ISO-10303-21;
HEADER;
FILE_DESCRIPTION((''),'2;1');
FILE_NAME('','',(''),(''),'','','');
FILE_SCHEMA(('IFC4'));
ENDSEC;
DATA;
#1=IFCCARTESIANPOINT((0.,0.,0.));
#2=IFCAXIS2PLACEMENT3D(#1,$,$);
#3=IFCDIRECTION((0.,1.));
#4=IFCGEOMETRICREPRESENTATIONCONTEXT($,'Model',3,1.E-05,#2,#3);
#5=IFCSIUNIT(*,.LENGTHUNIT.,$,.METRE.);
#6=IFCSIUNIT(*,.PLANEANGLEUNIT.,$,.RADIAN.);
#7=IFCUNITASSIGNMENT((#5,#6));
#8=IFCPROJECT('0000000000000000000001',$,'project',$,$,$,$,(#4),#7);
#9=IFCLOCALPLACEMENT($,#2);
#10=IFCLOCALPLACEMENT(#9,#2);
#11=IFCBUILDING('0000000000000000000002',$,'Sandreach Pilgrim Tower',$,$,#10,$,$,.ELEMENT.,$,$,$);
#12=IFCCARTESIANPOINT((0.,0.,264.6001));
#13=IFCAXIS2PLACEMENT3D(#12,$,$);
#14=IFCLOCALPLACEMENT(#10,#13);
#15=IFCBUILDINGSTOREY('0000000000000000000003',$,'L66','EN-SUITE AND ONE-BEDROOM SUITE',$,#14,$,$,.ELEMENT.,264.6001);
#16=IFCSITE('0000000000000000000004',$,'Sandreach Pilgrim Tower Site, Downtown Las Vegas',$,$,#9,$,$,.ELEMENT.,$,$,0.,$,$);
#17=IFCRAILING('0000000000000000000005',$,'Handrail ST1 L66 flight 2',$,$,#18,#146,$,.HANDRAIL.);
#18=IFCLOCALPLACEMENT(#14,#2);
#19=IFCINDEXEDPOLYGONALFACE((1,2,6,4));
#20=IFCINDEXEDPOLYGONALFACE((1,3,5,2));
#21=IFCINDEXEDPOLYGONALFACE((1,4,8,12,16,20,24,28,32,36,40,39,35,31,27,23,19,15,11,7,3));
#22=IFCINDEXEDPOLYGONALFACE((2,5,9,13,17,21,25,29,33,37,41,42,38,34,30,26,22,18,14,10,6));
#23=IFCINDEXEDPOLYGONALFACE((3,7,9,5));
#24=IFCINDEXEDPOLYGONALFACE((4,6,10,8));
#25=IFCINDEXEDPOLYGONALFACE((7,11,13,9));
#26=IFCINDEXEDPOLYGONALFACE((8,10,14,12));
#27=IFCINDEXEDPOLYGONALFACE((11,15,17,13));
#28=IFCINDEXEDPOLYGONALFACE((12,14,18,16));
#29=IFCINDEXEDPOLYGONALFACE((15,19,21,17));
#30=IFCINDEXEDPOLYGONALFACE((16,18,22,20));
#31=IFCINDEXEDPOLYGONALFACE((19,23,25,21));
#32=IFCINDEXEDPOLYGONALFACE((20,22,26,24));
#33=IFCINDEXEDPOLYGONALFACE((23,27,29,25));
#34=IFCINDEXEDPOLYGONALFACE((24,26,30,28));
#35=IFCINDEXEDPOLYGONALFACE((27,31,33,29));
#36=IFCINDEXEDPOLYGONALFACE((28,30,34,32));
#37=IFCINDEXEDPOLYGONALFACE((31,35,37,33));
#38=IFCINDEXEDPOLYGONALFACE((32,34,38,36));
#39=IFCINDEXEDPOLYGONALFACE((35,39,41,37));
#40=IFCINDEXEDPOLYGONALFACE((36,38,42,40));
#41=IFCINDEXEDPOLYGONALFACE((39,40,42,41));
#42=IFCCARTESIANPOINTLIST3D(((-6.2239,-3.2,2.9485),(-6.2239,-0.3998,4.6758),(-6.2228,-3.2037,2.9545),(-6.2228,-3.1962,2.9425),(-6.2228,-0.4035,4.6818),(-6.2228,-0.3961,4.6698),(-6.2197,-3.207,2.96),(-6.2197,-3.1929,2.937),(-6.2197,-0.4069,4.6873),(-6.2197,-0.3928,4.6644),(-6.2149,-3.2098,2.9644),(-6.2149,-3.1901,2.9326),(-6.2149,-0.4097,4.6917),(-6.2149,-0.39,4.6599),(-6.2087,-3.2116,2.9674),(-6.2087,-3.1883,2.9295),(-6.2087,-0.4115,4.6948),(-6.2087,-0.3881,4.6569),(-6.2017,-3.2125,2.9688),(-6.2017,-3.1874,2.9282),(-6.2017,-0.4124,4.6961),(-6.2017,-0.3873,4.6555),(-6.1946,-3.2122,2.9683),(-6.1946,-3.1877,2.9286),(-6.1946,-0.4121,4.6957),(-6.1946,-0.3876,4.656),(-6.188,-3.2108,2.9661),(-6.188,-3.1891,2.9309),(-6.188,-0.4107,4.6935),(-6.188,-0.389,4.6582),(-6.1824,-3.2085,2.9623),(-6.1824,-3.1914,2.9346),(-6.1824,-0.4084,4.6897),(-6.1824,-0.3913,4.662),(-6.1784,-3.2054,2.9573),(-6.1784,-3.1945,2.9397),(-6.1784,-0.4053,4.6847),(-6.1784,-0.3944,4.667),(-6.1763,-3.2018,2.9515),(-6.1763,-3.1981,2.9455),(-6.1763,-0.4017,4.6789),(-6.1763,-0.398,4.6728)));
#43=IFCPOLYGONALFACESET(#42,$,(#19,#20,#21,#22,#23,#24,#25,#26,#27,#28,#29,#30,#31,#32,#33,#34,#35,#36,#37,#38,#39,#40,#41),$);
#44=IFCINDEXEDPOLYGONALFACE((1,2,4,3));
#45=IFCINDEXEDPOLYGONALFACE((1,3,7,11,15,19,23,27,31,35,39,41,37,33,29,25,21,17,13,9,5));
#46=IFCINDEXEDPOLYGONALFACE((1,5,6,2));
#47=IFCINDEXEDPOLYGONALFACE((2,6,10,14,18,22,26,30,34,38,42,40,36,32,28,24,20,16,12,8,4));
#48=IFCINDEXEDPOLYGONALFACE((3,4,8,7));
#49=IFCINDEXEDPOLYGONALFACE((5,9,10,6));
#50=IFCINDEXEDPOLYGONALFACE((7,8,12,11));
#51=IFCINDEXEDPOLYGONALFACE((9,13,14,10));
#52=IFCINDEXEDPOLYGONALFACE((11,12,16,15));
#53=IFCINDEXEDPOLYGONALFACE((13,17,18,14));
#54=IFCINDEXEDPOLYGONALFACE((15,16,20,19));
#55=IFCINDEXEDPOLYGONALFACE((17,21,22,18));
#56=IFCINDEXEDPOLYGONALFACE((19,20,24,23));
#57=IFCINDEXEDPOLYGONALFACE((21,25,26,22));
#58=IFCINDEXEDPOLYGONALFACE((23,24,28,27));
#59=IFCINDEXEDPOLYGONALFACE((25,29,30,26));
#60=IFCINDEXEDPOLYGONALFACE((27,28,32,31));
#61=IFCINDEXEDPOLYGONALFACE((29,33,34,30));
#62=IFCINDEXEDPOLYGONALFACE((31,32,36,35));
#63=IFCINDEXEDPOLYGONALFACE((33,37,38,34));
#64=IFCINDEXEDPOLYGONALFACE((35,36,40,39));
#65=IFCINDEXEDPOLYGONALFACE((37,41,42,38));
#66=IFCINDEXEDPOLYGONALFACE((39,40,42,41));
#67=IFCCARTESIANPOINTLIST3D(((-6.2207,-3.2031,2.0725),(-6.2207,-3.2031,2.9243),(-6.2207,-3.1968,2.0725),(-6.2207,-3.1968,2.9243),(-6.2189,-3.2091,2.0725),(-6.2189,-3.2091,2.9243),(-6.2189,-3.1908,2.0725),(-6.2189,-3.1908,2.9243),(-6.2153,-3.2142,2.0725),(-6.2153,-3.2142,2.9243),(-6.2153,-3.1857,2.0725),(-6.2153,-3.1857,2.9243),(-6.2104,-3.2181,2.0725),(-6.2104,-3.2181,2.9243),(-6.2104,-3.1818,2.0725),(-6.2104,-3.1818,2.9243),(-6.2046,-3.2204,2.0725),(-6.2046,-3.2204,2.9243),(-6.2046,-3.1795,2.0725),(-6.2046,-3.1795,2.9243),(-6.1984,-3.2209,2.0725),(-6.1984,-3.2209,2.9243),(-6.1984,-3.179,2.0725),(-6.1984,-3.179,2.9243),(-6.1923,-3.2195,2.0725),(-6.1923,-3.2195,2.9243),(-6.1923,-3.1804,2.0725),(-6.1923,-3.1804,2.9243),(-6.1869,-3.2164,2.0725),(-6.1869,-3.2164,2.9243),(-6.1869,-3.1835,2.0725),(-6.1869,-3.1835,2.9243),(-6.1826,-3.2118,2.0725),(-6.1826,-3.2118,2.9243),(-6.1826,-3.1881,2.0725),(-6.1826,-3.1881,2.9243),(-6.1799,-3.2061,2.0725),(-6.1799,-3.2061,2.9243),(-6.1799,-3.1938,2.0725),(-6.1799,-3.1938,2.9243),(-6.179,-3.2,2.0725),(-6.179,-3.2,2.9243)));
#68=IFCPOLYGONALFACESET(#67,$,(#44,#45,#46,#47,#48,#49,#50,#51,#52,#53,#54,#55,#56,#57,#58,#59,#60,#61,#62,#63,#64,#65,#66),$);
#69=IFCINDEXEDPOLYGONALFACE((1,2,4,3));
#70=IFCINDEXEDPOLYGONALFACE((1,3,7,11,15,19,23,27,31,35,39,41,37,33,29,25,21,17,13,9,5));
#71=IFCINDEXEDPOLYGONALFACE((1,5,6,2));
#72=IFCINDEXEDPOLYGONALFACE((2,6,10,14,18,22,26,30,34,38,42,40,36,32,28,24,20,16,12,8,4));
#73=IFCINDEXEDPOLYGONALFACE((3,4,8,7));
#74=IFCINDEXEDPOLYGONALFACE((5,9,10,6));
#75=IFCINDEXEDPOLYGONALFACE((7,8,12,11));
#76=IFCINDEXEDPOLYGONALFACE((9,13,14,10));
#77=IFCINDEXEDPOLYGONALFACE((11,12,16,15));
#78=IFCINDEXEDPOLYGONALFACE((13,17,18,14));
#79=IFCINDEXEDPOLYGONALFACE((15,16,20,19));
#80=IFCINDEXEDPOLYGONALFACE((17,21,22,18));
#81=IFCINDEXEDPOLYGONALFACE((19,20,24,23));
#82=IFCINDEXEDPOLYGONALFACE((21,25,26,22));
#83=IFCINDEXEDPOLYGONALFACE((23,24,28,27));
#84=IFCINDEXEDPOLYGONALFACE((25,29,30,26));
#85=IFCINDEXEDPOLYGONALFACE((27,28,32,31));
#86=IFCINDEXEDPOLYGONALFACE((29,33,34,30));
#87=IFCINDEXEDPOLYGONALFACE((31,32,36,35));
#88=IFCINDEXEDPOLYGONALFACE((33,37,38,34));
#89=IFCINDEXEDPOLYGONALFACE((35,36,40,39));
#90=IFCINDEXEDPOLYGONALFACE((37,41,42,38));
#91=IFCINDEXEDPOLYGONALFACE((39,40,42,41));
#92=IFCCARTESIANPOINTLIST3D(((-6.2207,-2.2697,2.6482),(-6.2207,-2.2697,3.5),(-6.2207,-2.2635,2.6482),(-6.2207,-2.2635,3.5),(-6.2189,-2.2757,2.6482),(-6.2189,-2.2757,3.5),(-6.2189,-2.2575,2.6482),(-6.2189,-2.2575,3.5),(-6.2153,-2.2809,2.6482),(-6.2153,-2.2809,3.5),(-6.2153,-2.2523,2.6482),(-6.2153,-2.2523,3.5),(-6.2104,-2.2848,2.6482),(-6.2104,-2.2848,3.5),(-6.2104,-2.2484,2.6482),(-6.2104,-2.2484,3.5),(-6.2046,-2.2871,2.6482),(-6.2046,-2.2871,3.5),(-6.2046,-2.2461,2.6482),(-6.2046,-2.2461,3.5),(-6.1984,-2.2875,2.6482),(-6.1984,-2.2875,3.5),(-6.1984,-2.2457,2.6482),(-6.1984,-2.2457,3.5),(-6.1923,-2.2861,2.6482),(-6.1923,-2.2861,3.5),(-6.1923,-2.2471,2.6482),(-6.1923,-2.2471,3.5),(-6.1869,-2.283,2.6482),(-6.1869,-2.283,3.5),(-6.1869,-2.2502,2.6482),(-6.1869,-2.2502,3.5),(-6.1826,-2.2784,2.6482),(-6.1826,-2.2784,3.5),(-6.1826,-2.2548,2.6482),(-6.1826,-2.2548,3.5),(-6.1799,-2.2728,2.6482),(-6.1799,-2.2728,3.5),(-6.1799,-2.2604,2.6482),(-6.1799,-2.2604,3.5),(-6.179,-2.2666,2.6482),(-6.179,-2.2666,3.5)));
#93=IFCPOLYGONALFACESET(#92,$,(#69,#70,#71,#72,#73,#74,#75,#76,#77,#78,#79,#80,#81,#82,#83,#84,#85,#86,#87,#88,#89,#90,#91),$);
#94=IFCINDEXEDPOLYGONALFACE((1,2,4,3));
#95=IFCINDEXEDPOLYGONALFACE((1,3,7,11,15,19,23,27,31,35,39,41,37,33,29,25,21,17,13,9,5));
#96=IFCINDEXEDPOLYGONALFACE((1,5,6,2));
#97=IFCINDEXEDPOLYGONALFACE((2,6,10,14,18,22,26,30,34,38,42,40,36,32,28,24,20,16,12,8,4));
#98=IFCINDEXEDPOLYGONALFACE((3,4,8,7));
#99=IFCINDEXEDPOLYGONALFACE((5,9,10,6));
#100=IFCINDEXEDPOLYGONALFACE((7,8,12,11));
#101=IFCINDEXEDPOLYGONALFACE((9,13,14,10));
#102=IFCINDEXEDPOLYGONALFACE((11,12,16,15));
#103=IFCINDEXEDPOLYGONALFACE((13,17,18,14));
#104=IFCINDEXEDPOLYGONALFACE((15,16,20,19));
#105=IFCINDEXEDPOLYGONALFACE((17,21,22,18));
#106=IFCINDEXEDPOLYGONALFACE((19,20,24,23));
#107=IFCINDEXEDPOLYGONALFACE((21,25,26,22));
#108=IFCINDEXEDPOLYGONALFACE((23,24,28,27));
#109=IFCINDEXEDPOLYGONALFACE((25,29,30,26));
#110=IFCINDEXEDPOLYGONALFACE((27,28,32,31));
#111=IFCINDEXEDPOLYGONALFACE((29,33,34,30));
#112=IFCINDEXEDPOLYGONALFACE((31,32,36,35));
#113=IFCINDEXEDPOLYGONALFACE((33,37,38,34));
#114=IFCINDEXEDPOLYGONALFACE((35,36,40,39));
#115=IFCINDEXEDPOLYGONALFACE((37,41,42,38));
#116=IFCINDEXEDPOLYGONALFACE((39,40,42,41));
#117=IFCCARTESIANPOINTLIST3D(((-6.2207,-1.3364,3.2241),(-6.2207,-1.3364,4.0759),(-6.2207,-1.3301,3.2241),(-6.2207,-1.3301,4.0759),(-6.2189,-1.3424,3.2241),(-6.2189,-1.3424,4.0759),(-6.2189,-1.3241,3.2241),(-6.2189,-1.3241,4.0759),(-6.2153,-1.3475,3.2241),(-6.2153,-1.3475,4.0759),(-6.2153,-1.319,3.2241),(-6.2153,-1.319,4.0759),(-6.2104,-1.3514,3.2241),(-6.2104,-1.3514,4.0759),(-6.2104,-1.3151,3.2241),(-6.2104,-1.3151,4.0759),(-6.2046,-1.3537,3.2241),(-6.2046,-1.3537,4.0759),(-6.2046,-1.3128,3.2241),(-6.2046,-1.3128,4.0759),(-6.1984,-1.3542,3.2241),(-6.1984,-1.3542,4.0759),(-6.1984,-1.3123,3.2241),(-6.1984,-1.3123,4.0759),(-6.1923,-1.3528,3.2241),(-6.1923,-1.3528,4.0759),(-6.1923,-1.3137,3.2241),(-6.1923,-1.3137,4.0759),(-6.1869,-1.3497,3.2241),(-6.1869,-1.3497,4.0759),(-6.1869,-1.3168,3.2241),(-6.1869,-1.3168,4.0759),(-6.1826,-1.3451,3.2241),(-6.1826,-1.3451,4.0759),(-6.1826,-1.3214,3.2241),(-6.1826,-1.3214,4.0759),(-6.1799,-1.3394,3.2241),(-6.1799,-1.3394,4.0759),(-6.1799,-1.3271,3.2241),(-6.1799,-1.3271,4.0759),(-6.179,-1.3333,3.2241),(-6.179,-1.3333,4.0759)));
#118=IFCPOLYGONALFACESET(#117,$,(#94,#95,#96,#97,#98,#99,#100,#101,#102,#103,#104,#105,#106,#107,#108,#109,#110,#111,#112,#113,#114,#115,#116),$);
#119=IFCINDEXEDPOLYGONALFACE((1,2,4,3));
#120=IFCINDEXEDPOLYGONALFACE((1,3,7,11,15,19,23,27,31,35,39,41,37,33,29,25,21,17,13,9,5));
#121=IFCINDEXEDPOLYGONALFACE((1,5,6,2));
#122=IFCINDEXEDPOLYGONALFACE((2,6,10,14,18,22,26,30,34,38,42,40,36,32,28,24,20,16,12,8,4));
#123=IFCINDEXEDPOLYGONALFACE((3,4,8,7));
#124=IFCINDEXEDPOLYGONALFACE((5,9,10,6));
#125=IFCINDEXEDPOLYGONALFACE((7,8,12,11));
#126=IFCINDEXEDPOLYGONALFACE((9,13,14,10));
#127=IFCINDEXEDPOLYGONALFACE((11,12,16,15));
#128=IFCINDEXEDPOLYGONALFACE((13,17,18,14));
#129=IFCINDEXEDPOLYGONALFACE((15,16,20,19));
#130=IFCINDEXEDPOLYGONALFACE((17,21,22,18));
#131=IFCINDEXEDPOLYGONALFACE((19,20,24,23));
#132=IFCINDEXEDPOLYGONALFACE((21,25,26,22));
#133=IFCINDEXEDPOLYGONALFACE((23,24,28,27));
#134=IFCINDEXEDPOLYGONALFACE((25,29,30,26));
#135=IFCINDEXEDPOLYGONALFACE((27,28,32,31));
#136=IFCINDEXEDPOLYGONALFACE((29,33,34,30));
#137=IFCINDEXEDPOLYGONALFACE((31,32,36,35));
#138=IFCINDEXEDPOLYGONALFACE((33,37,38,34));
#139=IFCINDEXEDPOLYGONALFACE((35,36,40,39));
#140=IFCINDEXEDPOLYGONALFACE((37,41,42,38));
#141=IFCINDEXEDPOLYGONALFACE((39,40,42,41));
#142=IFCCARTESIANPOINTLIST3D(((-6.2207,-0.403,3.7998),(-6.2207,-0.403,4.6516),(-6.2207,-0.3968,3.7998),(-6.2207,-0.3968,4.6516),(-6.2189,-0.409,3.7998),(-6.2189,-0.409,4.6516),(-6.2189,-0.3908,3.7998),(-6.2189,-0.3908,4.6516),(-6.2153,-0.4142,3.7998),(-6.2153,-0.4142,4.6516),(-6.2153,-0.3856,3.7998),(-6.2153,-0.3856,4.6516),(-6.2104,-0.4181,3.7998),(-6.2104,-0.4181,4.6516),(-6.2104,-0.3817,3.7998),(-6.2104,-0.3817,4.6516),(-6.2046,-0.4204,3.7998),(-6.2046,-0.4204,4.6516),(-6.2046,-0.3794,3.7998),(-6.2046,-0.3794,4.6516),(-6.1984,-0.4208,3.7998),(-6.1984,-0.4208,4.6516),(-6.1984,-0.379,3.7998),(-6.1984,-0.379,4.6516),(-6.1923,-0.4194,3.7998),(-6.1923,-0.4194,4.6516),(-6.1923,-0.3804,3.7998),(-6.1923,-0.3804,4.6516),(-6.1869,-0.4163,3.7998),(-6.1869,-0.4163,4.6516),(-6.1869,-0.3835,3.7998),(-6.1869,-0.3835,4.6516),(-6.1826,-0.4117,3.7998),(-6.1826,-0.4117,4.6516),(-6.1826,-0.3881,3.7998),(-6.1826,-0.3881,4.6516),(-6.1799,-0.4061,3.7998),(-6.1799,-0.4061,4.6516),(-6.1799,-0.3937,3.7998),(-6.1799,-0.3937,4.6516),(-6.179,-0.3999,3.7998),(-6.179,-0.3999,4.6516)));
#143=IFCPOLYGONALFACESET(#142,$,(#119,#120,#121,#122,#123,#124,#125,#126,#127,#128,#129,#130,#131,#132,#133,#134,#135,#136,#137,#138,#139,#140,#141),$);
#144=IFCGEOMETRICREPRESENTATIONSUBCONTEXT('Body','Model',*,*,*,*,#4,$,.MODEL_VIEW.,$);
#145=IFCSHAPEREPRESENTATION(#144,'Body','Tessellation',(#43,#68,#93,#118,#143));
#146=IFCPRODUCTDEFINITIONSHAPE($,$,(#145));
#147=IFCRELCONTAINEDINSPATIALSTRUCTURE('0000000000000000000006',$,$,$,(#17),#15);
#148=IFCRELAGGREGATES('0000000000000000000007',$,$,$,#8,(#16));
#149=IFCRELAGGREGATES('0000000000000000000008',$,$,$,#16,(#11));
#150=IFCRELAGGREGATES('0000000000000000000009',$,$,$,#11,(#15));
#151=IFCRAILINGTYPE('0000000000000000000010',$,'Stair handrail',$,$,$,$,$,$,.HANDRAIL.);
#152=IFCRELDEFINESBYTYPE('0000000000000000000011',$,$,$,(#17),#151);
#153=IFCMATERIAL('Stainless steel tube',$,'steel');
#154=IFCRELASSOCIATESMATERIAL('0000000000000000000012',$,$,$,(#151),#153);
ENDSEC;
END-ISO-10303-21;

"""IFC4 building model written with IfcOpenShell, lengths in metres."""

from ifc_helpers import new_model, si_unit, direction, frame, origin, origin_2d, place, context, subcontext, project, spatial, circle, extrude, material, type_object, element, save


model = new_model("IFC4")

# Units and contexts
model_context = context("Model", 3, precision=1e-05, world=origin(), true_north=direction((0.0, 1.0)))
body_context = subcontext(model_context, "Body", "Model", "MODEL_VIEW")
ifc_project = project(units=[si_unit("LENGTHUNIT", "METRE"), si_unit("PLANEANGLEUNIT", "RADIAN")], contexts=[model_context])

# Site, building, storey
site_placement = place(None, origin())
site = spatial("IfcSite", under=ifc_project, at=site_placement, Name="Sandreach Pilgrim Tower Site, Downtown Las Vegas", CompositionType="ELEMENT", RefElevation=0.0)
building_placement = place(site_placement, origin())
building = spatial("IfcBuilding", under=site, at=building_placement, Name="Sandreach Pilgrim Tower", CompositionType="ELEMENT")
storey_placement = place(building_placement, frame((0.0, 0.0, 264.6001)))
storey = spatial("IfcBuildingStorey", under=building, at=storey_placement, Name="L66", Description="EN-SUITE AND ONE-BEDROOM SUITE", CompositionType="ELEMENT", Elevation=264.6001)

# Railing
ifc_material_1 = material(Name="Stainless steel tube", Category="steel")
railing_type = type_object("IfcRailingType", Name="Stair handrail", PredefinedType="HANDRAIL", material=ifc_material_1)
for number, where, name in (
    (1, (-6.2, -3.2, 2.0725), "Handrail ST1 L66 flight 2"),
):
    element("IfcRailing", number, at=place(storey_placement, frame(where)), inside=storey, type_object=railing_type, Name=name, PredefinedType="HANDRAIL", context=body_context, shape_type="SweptSolid", body=[
        extrude(circle(Radius=0.0239, at=origin_2d()), frame((0.0, 0.0, 0.876), z_axis=(0.0, 0.85109, 0.52502), x_axis=(-1.0, 0.0, 0.0)), (0.0, 0.0, 1.0), 3.29),
        extrude(circle(Radius=0.021, at=origin_2d()), origin(), (0.0, 0.0, 1.0), 0.8518),
        extrude(circle(Radius=0.021, at=origin_2d()), frame((0.0, 0.9333, 0.5757)), (0.0, 0.0, 1.0), 0.8518),
        extrude(circle(Radius=0.021, at=origin_2d()), frame((0.0, 1.8667, 1.1516)), (0.0, 0.0, 1.0), 0.8518),
        extrude(circle(Radius=0.021, at=origin_2d()), frame((0.0, 2.8, 1.7273)), (0.0, 0.0, 1.0), 0.8518),
    ])

save(model, "model.ifc")
